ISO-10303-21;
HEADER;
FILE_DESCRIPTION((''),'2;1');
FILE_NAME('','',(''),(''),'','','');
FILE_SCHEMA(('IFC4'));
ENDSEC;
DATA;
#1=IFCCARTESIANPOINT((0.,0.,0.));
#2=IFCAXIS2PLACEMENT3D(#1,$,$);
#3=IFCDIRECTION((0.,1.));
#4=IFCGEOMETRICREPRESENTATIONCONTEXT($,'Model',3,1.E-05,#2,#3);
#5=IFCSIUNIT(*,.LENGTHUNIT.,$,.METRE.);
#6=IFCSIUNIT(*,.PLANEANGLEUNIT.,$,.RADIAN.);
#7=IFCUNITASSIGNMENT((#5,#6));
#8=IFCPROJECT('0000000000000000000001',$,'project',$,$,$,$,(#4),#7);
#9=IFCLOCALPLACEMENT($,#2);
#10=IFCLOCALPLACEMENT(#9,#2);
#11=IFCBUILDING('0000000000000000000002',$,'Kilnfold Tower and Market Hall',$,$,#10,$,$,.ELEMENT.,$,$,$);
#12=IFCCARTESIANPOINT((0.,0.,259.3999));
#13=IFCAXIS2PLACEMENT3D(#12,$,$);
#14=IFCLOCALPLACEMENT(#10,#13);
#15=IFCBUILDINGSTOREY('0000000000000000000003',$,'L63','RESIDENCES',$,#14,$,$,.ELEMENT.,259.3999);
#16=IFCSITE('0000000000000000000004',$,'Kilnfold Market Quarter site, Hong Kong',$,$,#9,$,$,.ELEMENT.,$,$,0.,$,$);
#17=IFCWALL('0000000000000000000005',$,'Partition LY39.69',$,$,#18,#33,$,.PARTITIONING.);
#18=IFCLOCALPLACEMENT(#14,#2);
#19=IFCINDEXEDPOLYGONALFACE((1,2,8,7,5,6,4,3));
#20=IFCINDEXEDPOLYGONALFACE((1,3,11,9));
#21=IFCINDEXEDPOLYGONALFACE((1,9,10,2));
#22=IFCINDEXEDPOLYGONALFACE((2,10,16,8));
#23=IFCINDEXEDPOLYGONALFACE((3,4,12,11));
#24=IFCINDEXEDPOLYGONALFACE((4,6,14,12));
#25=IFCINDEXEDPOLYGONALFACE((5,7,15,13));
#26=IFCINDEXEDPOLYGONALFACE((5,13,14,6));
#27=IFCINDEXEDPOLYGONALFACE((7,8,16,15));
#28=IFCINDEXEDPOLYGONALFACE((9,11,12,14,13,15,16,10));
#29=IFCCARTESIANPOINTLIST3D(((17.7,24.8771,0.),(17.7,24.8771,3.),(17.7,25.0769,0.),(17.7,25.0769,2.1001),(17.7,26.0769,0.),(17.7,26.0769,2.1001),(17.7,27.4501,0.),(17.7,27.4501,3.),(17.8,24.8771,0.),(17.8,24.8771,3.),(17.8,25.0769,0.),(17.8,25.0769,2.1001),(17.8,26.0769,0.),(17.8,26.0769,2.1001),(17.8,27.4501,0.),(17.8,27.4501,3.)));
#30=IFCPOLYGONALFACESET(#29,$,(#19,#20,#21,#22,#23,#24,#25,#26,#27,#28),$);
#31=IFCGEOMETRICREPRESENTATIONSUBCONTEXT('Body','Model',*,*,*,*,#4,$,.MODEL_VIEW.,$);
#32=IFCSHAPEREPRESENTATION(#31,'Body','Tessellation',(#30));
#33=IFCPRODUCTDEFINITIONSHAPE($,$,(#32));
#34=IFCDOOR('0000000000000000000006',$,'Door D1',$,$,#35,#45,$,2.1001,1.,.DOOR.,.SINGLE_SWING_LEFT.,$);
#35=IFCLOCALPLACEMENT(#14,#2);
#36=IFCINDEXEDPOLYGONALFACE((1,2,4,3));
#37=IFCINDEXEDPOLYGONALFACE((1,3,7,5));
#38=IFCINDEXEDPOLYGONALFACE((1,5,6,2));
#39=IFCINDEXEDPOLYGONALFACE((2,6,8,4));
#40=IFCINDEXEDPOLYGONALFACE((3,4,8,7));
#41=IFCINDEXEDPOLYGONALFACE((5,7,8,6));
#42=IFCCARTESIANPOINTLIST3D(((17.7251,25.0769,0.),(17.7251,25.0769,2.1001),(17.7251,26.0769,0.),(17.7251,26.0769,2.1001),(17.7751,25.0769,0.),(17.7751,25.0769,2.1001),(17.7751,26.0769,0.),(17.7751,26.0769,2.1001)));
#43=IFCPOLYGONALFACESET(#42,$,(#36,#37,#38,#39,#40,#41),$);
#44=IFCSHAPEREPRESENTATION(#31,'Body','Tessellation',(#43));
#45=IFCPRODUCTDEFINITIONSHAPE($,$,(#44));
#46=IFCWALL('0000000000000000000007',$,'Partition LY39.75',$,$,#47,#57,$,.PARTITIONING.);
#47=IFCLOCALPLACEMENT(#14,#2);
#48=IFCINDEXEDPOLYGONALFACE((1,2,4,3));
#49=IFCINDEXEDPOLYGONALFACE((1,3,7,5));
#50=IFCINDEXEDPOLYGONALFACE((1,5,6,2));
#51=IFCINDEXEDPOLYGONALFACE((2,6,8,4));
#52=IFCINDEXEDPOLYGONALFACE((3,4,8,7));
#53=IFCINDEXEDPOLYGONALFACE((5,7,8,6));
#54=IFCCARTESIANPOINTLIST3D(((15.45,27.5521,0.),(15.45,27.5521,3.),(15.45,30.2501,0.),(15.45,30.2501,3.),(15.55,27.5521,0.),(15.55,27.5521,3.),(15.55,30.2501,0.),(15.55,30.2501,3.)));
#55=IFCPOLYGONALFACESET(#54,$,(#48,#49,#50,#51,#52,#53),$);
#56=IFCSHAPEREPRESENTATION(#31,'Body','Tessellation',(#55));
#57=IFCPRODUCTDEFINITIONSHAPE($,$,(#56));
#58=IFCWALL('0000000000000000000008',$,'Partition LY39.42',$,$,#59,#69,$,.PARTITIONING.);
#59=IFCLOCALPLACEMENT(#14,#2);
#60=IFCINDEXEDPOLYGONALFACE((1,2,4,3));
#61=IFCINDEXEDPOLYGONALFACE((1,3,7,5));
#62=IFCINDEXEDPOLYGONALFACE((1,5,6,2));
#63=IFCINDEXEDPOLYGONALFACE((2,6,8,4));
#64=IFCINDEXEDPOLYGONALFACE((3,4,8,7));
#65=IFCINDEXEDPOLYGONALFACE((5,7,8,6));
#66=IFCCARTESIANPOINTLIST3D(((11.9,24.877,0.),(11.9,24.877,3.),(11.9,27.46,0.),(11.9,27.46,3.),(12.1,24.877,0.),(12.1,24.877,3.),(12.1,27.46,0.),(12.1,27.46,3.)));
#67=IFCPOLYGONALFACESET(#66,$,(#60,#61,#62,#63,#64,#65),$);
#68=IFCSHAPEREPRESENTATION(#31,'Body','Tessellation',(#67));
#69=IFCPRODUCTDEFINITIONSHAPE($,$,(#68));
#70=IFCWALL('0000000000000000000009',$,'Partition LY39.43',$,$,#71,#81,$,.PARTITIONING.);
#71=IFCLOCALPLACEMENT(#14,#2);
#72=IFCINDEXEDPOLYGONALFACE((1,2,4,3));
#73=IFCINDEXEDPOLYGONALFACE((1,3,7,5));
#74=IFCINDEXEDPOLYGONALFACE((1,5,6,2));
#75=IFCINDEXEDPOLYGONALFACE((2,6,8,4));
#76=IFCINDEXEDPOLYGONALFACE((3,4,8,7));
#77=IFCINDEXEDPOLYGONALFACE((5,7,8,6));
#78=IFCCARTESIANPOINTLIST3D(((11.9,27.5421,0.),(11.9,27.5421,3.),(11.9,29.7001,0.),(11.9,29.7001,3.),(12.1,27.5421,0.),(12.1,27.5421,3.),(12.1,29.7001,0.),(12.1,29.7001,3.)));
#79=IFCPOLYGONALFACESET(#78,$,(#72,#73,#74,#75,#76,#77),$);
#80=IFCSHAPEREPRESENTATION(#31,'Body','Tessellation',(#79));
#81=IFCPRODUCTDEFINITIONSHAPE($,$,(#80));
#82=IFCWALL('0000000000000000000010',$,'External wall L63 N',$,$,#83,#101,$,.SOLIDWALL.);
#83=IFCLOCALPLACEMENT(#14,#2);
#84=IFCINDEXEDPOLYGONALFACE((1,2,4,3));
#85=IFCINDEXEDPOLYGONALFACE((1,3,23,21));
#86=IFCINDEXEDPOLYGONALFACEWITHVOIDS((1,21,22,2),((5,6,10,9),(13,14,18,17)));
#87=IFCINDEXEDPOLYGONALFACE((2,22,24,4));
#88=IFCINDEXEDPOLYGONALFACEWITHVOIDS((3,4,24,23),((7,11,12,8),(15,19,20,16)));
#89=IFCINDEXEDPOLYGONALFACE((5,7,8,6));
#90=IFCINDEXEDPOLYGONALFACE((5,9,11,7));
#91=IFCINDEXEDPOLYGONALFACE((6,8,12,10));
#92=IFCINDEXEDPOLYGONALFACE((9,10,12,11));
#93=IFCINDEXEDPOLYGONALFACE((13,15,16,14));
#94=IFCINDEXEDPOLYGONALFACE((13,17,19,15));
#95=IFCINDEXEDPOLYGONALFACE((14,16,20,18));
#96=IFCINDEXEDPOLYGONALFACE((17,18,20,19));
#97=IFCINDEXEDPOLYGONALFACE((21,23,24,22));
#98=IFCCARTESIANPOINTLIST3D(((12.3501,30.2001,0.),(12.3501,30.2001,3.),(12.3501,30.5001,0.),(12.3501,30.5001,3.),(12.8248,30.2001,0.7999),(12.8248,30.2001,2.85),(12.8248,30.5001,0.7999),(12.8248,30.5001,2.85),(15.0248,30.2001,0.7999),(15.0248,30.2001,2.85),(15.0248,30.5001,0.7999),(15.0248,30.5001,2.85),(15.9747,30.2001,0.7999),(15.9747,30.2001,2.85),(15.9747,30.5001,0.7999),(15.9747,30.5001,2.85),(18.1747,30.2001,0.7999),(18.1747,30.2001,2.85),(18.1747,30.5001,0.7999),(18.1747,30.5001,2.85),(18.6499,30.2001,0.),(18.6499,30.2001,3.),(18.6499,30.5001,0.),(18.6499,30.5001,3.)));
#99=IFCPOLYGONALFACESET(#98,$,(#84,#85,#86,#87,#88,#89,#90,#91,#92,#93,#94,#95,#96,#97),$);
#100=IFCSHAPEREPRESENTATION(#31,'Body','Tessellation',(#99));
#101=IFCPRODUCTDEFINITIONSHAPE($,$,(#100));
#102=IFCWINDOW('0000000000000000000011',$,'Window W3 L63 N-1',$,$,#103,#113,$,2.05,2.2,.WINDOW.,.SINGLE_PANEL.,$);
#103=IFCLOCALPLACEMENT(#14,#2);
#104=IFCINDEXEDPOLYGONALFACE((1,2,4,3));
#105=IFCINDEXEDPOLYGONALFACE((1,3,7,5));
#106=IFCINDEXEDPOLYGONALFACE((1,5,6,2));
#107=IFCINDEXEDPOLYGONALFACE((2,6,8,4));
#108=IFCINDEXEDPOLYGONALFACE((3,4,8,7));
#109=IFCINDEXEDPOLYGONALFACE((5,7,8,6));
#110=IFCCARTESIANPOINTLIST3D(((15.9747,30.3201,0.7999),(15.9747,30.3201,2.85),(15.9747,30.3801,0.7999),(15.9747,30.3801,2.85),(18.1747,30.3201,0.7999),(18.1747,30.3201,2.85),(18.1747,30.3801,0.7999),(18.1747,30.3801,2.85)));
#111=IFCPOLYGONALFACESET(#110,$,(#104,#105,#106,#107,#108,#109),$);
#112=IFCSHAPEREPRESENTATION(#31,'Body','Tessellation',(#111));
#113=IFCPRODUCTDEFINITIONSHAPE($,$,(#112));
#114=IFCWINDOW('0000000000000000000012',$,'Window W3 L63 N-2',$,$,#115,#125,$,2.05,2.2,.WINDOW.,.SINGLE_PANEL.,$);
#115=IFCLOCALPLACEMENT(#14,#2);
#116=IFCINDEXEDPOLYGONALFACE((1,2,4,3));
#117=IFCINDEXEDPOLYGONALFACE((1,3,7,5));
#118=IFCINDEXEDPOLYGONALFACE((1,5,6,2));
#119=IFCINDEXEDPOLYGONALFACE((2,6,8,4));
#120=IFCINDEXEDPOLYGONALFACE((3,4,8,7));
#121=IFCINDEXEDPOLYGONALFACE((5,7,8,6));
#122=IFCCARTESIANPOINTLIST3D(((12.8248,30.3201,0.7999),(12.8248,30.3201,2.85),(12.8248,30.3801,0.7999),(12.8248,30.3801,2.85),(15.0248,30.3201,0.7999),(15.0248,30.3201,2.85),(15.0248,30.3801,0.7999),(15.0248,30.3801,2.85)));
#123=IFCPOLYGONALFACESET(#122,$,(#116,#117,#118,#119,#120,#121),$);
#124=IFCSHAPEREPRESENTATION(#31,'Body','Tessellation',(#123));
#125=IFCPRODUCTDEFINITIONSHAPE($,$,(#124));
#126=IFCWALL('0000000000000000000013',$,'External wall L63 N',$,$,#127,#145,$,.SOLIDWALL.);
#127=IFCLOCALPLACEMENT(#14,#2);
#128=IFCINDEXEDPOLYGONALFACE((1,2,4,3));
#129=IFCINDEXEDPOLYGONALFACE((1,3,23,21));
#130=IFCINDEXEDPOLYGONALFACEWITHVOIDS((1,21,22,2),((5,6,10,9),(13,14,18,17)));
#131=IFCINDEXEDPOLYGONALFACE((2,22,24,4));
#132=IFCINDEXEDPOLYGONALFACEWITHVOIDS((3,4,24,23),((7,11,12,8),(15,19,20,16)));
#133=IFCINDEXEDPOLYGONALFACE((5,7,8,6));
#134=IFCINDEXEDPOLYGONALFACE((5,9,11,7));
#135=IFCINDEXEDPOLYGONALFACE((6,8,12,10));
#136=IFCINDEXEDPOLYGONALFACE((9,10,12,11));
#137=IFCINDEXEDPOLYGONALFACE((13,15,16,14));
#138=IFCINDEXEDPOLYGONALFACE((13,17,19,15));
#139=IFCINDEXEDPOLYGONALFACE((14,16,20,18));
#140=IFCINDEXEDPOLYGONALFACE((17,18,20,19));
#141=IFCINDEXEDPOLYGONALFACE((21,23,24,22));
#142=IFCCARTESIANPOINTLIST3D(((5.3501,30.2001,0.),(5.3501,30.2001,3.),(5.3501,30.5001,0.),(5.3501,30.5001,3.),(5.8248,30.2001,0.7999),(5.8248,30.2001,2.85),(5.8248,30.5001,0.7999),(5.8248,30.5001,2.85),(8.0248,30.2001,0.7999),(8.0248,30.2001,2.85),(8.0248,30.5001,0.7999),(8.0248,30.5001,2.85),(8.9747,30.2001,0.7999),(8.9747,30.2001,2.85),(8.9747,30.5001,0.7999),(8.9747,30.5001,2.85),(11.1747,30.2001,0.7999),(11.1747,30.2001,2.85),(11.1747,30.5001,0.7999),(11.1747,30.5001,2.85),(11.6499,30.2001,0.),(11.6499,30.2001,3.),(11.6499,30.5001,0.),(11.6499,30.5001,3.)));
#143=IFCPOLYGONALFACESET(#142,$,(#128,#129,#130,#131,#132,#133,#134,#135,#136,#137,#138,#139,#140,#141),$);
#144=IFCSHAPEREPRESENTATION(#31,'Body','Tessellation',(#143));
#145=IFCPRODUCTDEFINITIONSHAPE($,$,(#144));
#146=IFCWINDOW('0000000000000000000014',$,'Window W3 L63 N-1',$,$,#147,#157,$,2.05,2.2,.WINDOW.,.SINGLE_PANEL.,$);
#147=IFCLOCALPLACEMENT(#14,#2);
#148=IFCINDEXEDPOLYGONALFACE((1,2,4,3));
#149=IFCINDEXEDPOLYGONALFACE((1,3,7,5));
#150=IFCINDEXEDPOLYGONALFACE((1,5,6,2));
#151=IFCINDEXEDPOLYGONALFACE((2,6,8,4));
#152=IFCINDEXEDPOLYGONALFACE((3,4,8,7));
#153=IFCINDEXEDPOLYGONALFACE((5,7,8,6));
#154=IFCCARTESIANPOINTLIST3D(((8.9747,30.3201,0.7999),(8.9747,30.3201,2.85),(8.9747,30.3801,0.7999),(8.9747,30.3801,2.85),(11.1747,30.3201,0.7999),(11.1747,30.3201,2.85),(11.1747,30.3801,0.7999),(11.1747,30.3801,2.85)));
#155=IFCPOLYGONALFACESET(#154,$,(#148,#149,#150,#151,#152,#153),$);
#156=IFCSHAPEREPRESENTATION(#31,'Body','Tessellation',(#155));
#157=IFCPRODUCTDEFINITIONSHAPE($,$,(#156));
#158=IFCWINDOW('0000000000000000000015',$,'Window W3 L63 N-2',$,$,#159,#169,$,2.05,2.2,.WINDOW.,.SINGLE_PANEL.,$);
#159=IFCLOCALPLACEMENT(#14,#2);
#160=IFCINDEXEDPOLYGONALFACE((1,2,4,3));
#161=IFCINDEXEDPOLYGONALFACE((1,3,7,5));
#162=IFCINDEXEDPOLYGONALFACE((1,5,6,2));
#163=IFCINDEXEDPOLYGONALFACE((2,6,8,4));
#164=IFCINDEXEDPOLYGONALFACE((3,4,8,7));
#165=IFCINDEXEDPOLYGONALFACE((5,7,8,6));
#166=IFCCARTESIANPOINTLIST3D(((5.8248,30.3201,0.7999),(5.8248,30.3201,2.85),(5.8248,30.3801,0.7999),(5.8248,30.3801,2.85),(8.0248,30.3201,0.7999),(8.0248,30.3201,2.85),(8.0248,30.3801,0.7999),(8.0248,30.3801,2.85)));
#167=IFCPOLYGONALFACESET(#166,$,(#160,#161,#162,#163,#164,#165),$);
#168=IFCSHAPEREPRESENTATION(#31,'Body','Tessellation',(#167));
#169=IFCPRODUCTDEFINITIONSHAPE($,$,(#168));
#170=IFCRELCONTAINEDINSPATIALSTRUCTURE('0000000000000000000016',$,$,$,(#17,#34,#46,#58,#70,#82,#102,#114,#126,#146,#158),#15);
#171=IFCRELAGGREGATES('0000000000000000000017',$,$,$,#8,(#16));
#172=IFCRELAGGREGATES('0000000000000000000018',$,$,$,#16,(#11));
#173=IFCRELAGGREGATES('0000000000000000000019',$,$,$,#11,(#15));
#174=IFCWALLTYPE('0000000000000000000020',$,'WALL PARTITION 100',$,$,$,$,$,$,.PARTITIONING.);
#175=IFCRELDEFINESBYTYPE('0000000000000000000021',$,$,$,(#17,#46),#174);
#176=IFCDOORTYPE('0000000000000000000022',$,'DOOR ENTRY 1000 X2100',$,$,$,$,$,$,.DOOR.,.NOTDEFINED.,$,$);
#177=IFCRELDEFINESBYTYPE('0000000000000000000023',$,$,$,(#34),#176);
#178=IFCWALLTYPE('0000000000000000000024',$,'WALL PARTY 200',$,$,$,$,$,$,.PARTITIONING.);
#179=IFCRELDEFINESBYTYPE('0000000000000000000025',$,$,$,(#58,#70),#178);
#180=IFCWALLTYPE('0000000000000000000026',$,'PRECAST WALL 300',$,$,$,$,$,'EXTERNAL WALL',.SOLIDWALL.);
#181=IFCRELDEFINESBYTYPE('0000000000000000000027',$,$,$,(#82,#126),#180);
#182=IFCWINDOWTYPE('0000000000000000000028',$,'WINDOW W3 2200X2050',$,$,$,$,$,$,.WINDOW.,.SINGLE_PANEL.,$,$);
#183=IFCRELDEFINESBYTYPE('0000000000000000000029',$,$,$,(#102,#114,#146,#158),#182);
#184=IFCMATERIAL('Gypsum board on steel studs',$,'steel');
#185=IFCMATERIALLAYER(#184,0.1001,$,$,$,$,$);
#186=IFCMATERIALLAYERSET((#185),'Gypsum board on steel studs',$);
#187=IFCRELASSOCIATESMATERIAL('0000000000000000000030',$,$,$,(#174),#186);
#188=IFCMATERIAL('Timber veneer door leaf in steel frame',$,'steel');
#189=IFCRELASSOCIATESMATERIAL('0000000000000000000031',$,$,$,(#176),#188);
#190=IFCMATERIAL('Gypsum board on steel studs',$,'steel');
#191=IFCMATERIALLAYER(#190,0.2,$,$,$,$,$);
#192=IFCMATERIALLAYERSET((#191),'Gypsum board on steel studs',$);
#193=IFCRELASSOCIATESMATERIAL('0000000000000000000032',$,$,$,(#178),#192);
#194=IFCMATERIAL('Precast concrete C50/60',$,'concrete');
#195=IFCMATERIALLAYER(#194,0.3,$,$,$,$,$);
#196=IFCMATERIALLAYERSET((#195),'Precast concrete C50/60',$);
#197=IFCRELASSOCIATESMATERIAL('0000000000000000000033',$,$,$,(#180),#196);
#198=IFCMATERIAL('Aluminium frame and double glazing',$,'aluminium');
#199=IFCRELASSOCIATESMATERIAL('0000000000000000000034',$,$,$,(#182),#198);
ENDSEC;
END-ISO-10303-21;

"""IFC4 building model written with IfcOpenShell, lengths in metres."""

from ifc_helpers import new_model, si_unit, direction, frame, frame_2d, origin, place, context, subcontext, project, spatial, rectangle, extrude, source, transform, mapped, material, layer, layer_set, type_object, element, fill, save


model = new_model("IFC4")

# Units and contexts
model_context = context("Model", 3, precision=1e-05, world=origin(), true_north=direction((0.0, 1.0)))
body_context = subcontext(model_context, "Body", "Model", "MODEL_VIEW")
ifc_project = project(units=[si_unit("LENGTHUNIT", "METRE"), si_unit("PLANEANGLEUNIT", "RADIAN")], contexts=[model_context])

# Site, building, storey
site_placement = place(None, origin())
site = spatial("IfcSite", under=ifc_project, at=site_placement, Name="Kilnfold Market Quarter site, Hong Kong", CompositionType="ELEMENT", RefElevation=0.0)
building_placement = place(site_placement, origin())
building = spatial("IfcBuilding", under=site, at=building_placement, Name="Kilnfold Tower and Market Hall", CompositionType="ELEMENT")
storey_placement = place(building_placement, frame((0.0, 0.0, 259.3999)))
storey = spatial("IfcBuildingStorey", under=building, at=storey_placement, Name="L63", Description="RESIDENCES", CompositionType="ELEMENT", Elevation=259.3999)

# Shared definitions
ifc_material_1 = material(Name="Gypsum board on steel studs", Category="steel")
ifc_layer_1 = layer(ifc_material_1, 0.1001)
ifc_layer_set_1 = layer_set([ifc_layer_1], Name="Gypsum board on steel studs")
wall_type_1 = type_object("IfcWallType", Name="WALL PARTITION 100", PredefinedType="PARTITIONING", material=ifc_layer_set_1)
ifc_material_2 = material(Name="Timber veneer door leaf in steel frame", Category="steel")
door_type_1 = type_object("IfcDoorType", Name="DOOR ENTRY 1000 X2100", OperationType="NOTDEFINED", PredefinedType="DOOR", material=ifc_material_2)

# Wall, opening, door
wall_1_placement = place(storey_placement, frame((17.75, 24.877, 0.0), z_axis=(0.0, 0.0, 1.0), x_axis=(0.0, 1.0, 0.0)))
wall_1 = element("IfcWall", 1, at=wall_1_placement, inside=storey, type_object=wall_type_1, Name="Partition LY39.69", PredefinedType="PARTITIONING", context=body_context, shape_type="SweptSolid", body=[
    extrude(rectangle(XDim=2.573, YDim=0.1001, at=frame_2d((1.2866, 0.0))), origin(), (0.0, 0.0, 1.0), 3.0),
])
opening_1_placement = place(wall_1_placement, frame((0.2, 0.0, 0.0)))
opening_1 = element("IfcOpeningElement", 2, at=opening_1_placement, cuts=wall_1, PredefinedType="OPENING", context=body_context, shape_type="SweptSolid", body=[
    extrude(rectangle(XDim=1.0, YDim=2.1001, at=frame_2d((0.5, 1.05))), frame((0.0, 0.0601, 0.0), z_axis=(0.0, -1.0, 0.0), x_axis=(1.0, 0.0, 0.0)), (0.0, 0.0, 1.0), 0.1201),
])
door_1_placement = place(opening_1_placement, origin())
door_1 = element("IfcDoor", 3, at=door_1_placement, inside=storey, type_object=door_type_1, Name="Door D1", OperationType="SINGLE_SWING_LEFT", OverallHeight=2.1001, OverallWidth=1.0, PredefinedType="DOOR", context=body_context, shape_type="SweptSolid", body=[
    extrude(rectangle(XDim=1.0, YDim=2.1001, at=frame_2d((0.5, 1.05))), frame((0.0, 0.0249, 0.0), z_axis=(0.0, -1.0, 0.0), x_axis=(1.0, 0.0, 0.0)), (0.0, 0.0, 1.0), 0.05),
])
fill(opening_1, door_1)

# Walls
wall_2_placement = place(storey_placement, frame((15.5, 27.552, 0.0), z_axis=(0.0, 0.0, 1.0), x_axis=(0.0, 1.0, 0.0)))
element("IfcWall", 4, at=wall_2_placement, inside=storey, type_object=wall_type_1, Name="Partition LY39.75", PredefinedType="PARTITIONING", context=body_context, shape_type="SweptSolid", body=[
    extrude(rectangle(XDim=2.698, YDim=0.1001, at=frame_2d((1.3491, 0.0))), origin(), (0.0, 0.0, 1.0), 3.0),
])
ifc_material_3 = material(Name="Gypsum board on steel studs", Category="steel")
ifc_layer_2 = layer(ifc_material_3, 0.2)
ifc_layer_set_2 = layer_set([ifc_layer_2], Name="Gypsum board on steel studs")
wall_type_2 = type_object("IfcWallType", Name="WALL PARTY 200", PredefinedType="PARTITIONING", material=ifc_layer_set_2)
wall_3_placement = place(storey_placement, frame((12.0, 24.877, 0.0), z_axis=(0.0, 0.0, 1.0), x_axis=(0.0, 1.0, 0.0)))
element("IfcWall", 5, at=wall_3_placement, inside=storey, type_object=wall_type_2, Name="Partition LY39.42", PredefinedType="PARTITIONING", context=body_context, shape_type="SweptSolid", body=[
    extrude(rectangle(XDim=2.583, YDim=0.2, at=frame_2d((1.2915, 0.0))), origin(), (0.0, 0.0, 1.0), 3.0),
])
wall_4_placement = place(storey_placement, frame((12.0, 27.542, 0.0), z_axis=(0.0, 0.0, 1.0), x_axis=(0.0, 1.0, 0.0)))
element("IfcWall", 6, at=wall_4_placement, inside=storey, type_object=wall_type_2, Name="Partition LY39.43", PredefinedType="PARTITIONING", context=body_context, shape_type="SweptSolid", body=[
    extrude(rectangle(XDim=2.158, YDim=0.2, at=frame_2d((1.0791, 0.0))), origin(), (0.0, 0.0, 1.0), 3.0),
])

# Walls, openings, windows
ifc_material_4 = material(Name="Precast concrete C50/60", Category="concrete")
ifc_layer_3 = layer(ifc_material_4, 0.3)
ifc_layer_set_3 = layer_set([ifc_layer_3], Name="Precast concrete C50/60")
wall_type_3 = type_object("IfcWallType", Name="PRECAST WALL 300", ElementType="EXTERNAL WALL", PredefinedType="SOLIDWALL", material=ifc_layer_set_3)
shared_shape_1 = source(origin(), body_context, "Body", "SweptSolid", [
    extrude(rectangle(XDim=6.2998, YDim=0.3, at=frame_2d((3.1499, 0.0))), origin(), (0.0, 0.0, 1.0), 3.0),
])
wall_5_placement = place(storey_placement, frame((18.6499, 30.3501, 0.0), z_axis=(0.0, 0.0, 1.0), x_axis=(-1.0, 0.0, 0.0)))
wall_5 = element("IfcWall", 7, at=wall_5_placement, inside=storey, type_object=wall_type_3, Name="External wall L63 N", PredefinedType="SOLIDWALL", context=body_context, shape_type="MappedRepresentation", body=[
    mapped(shared_shape_1, transform((0.0, 0.0, 0.0))),
])
opening_2_placement = place(wall_5_placement, frame((0.4751, 0.0, 0.8)))
opening_2 = element("IfcOpeningElement", 8, at=opening_2_placement, cuts=wall_5, PredefinedType="OPENING", context=body_context, shape_type="SweptSolid", body=[
    extrude(rectangle(XDim=2.2, YDim=2.05, at=frame_2d((1.1001, 1.0249))), frame((0.0, 0.1602, 0.0), z_axis=(0.0, -1.0, 0.0), x_axis=(1.0, 0.0, 0.0)), (0.0, 0.0, 1.0), 0.3201),
])
opening_3_placement = place(wall_5_placement, frame((3.625, 0.0, 0.8)))
opening_3 = element("IfcOpeningElement", 9, at=opening_3_placement, cuts=wall_5, PredefinedType="OPENING", context=body_context, shape_type="SweptSolid", body=[
    extrude(rectangle(XDim=2.2, YDim=2.05, at=frame_2d((1.1001, 1.0249))), frame((0.0, 0.1602, 0.0), z_axis=(0.0, -1.0, 0.0), x_axis=(1.0, 0.0, 0.0)), (0.0, 0.0, 1.0), 0.3201),
])
ifc_material_5 = material(Name="Aluminium frame and double glazing", Category="aluminium")
window_type = type_object("IfcWindowType", Name="WINDOW W3 2200X2050", PartitioningType="SINGLE_PANEL", PredefinedType="WINDOW", material=ifc_material_5)
window_1_placement = place(opening_2_placement, origin())
window_1 = element("IfcWindow", 10, at=window_1_placement, inside=storey, type_object=window_type, Name="Window W3 L63 N-1", OverallHeight=2.05, OverallWidth=2.2, PartitioningType="SINGLE_PANEL", PredefinedType="WINDOW", context=body_context, shape_type="SweptSolid", body=[
    extrude(rectangle(XDim=2.2, YDim=2.05, at=frame_2d((1.1001, 1.0249))), frame((0.0, 0.03, 0.0), z_axis=(0.0, -1.0, 0.0), x_axis=(1.0, 0.0, 0.0)), (0.0, 0.0, 1.0), 0.0601),
])
fill(opening_2, window_1)
window_2_placement = place(opening_3_placement, origin())
window_2 = element("IfcWindow", 11, at=window_2_placement, inside=storey, type_object=window_type, Name="Window W3 L63 N-2", OverallHeight=2.05, OverallWidth=2.2, PartitioningType="SINGLE_PANEL", PredefinedType="WINDOW", context=body_context, shape_type="SweptSolid", body=[
    extrude(rectangle(XDim=2.2, YDim=2.05, at=frame_2d((1.1001, 1.0249))), frame((0.0, 0.03, 0.0), z_axis=(0.0, -1.0, 0.0), x_axis=(1.0, 0.0, 0.0)), (0.0, 0.0, 1.0), 0.0601),
])
fill(opening_3, window_2)
wall_6_placement = place(storey_placement, frame((11.6499, 30.3501, 0.0), z_axis=(0.0, 0.0, 1.0), x_axis=(-1.0, 0.0, 0.0)))
wall_6 = element("IfcWall", 12, at=wall_6_placement, inside=storey, type_object=wall_type_3, Name="External wall L63 N", PredefinedType="SOLIDWALL", context=body_context, shape_type="MappedRepresentation", body=[
    mapped(shared_shape_1, transform((0.0, 0.0, 0.0))),
])
opening_4_placement = place(wall_6_placement, frame((0.4751, 0.0, 0.8)))
opening_4 = element("IfcOpeningElement", 13, at=opening_4_placement, cuts=wall_6, PredefinedType="OPENING", context=body_context, shape_type="SweptSolid", body=[
    extrude(rectangle(XDim=2.2, YDim=2.05, at=frame_2d((1.1001, 1.0249))), frame((0.0, 0.1602, 0.0), z_axis=(0.0, -1.0, 0.0), x_axis=(1.0, 0.0, 0.0)), (0.0, 0.0, 1.0), 0.3201),
])
opening_5_placement = place(wall_6_placement, frame((3.625, 0.0, 0.8)))
opening_5 = element("IfcOpeningElement", 14, at=opening_5_placement, cuts=wall_6, PredefinedType="OPENING", context=body_context, shape_type="SweptSolid", body=[
    extrude(rectangle(XDim=2.2, YDim=2.05, at=frame_2d((1.1001, 1.0249))), frame((0.0, 0.1602, 0.0), z_axis=(0.0, -1.0, 0.0), x_axis=(1.0, 0.0, 0.0)), (0.0, 0.0, 1.0), 0.3201),
])
window_3_placement = place(opening_4_placement, origin())
window_3 = element("IfcWindow", 15, at=window_3_placement, inside=storey, type_object=window_type, Name="Window W3 L63 N-1", OverallHeight=2.05, OverallWidth=2.2, PartitioningType="SINGLE_PANEL", PredefinedType="WINDOW", context=body_context, shape_type="SweptSolid", body=[
    extrude(rectangle(XDim=2.2, YDim=2.05, at=frame_2d((1.1001, 1.0249))), frame((0.0, 0.03, 0.0), z_axis=(0.0, -1.0, 0.0), x_axis=(1.0, 0.0, 0.0)), (0.0, 0.0, 1.0), 0.0601),
])
fill(opening_4, window_3)
window_4_placement = place(opening_5_placement, origin())
window_4 = element("IfcWindow", 16, at=window_4_placement, inside=storey, type_object=window_type, Name="Window W3 L63 N-2", OverallHeight=2.05, OverallWidth=2.2, PartitioningType="SINGLE_PANEL", PredefinedType="WINDOW", context=body_context, shape_type="SweptSolid", body=[
    extrude(rectangle(XDim=2.2, YDim=2.05, at=frame_2d((1.1001, 1.0249))), frame((0.0, 0.03, 0.0), z_axis=(0.0, -1.0, 0.0), x_axis=(1.0, 0.0, 0.0)), (0.0, 0.0, 1.0), 0.0601),
])
fill(opening_5, window_4)

save(model, "model.ifc")
